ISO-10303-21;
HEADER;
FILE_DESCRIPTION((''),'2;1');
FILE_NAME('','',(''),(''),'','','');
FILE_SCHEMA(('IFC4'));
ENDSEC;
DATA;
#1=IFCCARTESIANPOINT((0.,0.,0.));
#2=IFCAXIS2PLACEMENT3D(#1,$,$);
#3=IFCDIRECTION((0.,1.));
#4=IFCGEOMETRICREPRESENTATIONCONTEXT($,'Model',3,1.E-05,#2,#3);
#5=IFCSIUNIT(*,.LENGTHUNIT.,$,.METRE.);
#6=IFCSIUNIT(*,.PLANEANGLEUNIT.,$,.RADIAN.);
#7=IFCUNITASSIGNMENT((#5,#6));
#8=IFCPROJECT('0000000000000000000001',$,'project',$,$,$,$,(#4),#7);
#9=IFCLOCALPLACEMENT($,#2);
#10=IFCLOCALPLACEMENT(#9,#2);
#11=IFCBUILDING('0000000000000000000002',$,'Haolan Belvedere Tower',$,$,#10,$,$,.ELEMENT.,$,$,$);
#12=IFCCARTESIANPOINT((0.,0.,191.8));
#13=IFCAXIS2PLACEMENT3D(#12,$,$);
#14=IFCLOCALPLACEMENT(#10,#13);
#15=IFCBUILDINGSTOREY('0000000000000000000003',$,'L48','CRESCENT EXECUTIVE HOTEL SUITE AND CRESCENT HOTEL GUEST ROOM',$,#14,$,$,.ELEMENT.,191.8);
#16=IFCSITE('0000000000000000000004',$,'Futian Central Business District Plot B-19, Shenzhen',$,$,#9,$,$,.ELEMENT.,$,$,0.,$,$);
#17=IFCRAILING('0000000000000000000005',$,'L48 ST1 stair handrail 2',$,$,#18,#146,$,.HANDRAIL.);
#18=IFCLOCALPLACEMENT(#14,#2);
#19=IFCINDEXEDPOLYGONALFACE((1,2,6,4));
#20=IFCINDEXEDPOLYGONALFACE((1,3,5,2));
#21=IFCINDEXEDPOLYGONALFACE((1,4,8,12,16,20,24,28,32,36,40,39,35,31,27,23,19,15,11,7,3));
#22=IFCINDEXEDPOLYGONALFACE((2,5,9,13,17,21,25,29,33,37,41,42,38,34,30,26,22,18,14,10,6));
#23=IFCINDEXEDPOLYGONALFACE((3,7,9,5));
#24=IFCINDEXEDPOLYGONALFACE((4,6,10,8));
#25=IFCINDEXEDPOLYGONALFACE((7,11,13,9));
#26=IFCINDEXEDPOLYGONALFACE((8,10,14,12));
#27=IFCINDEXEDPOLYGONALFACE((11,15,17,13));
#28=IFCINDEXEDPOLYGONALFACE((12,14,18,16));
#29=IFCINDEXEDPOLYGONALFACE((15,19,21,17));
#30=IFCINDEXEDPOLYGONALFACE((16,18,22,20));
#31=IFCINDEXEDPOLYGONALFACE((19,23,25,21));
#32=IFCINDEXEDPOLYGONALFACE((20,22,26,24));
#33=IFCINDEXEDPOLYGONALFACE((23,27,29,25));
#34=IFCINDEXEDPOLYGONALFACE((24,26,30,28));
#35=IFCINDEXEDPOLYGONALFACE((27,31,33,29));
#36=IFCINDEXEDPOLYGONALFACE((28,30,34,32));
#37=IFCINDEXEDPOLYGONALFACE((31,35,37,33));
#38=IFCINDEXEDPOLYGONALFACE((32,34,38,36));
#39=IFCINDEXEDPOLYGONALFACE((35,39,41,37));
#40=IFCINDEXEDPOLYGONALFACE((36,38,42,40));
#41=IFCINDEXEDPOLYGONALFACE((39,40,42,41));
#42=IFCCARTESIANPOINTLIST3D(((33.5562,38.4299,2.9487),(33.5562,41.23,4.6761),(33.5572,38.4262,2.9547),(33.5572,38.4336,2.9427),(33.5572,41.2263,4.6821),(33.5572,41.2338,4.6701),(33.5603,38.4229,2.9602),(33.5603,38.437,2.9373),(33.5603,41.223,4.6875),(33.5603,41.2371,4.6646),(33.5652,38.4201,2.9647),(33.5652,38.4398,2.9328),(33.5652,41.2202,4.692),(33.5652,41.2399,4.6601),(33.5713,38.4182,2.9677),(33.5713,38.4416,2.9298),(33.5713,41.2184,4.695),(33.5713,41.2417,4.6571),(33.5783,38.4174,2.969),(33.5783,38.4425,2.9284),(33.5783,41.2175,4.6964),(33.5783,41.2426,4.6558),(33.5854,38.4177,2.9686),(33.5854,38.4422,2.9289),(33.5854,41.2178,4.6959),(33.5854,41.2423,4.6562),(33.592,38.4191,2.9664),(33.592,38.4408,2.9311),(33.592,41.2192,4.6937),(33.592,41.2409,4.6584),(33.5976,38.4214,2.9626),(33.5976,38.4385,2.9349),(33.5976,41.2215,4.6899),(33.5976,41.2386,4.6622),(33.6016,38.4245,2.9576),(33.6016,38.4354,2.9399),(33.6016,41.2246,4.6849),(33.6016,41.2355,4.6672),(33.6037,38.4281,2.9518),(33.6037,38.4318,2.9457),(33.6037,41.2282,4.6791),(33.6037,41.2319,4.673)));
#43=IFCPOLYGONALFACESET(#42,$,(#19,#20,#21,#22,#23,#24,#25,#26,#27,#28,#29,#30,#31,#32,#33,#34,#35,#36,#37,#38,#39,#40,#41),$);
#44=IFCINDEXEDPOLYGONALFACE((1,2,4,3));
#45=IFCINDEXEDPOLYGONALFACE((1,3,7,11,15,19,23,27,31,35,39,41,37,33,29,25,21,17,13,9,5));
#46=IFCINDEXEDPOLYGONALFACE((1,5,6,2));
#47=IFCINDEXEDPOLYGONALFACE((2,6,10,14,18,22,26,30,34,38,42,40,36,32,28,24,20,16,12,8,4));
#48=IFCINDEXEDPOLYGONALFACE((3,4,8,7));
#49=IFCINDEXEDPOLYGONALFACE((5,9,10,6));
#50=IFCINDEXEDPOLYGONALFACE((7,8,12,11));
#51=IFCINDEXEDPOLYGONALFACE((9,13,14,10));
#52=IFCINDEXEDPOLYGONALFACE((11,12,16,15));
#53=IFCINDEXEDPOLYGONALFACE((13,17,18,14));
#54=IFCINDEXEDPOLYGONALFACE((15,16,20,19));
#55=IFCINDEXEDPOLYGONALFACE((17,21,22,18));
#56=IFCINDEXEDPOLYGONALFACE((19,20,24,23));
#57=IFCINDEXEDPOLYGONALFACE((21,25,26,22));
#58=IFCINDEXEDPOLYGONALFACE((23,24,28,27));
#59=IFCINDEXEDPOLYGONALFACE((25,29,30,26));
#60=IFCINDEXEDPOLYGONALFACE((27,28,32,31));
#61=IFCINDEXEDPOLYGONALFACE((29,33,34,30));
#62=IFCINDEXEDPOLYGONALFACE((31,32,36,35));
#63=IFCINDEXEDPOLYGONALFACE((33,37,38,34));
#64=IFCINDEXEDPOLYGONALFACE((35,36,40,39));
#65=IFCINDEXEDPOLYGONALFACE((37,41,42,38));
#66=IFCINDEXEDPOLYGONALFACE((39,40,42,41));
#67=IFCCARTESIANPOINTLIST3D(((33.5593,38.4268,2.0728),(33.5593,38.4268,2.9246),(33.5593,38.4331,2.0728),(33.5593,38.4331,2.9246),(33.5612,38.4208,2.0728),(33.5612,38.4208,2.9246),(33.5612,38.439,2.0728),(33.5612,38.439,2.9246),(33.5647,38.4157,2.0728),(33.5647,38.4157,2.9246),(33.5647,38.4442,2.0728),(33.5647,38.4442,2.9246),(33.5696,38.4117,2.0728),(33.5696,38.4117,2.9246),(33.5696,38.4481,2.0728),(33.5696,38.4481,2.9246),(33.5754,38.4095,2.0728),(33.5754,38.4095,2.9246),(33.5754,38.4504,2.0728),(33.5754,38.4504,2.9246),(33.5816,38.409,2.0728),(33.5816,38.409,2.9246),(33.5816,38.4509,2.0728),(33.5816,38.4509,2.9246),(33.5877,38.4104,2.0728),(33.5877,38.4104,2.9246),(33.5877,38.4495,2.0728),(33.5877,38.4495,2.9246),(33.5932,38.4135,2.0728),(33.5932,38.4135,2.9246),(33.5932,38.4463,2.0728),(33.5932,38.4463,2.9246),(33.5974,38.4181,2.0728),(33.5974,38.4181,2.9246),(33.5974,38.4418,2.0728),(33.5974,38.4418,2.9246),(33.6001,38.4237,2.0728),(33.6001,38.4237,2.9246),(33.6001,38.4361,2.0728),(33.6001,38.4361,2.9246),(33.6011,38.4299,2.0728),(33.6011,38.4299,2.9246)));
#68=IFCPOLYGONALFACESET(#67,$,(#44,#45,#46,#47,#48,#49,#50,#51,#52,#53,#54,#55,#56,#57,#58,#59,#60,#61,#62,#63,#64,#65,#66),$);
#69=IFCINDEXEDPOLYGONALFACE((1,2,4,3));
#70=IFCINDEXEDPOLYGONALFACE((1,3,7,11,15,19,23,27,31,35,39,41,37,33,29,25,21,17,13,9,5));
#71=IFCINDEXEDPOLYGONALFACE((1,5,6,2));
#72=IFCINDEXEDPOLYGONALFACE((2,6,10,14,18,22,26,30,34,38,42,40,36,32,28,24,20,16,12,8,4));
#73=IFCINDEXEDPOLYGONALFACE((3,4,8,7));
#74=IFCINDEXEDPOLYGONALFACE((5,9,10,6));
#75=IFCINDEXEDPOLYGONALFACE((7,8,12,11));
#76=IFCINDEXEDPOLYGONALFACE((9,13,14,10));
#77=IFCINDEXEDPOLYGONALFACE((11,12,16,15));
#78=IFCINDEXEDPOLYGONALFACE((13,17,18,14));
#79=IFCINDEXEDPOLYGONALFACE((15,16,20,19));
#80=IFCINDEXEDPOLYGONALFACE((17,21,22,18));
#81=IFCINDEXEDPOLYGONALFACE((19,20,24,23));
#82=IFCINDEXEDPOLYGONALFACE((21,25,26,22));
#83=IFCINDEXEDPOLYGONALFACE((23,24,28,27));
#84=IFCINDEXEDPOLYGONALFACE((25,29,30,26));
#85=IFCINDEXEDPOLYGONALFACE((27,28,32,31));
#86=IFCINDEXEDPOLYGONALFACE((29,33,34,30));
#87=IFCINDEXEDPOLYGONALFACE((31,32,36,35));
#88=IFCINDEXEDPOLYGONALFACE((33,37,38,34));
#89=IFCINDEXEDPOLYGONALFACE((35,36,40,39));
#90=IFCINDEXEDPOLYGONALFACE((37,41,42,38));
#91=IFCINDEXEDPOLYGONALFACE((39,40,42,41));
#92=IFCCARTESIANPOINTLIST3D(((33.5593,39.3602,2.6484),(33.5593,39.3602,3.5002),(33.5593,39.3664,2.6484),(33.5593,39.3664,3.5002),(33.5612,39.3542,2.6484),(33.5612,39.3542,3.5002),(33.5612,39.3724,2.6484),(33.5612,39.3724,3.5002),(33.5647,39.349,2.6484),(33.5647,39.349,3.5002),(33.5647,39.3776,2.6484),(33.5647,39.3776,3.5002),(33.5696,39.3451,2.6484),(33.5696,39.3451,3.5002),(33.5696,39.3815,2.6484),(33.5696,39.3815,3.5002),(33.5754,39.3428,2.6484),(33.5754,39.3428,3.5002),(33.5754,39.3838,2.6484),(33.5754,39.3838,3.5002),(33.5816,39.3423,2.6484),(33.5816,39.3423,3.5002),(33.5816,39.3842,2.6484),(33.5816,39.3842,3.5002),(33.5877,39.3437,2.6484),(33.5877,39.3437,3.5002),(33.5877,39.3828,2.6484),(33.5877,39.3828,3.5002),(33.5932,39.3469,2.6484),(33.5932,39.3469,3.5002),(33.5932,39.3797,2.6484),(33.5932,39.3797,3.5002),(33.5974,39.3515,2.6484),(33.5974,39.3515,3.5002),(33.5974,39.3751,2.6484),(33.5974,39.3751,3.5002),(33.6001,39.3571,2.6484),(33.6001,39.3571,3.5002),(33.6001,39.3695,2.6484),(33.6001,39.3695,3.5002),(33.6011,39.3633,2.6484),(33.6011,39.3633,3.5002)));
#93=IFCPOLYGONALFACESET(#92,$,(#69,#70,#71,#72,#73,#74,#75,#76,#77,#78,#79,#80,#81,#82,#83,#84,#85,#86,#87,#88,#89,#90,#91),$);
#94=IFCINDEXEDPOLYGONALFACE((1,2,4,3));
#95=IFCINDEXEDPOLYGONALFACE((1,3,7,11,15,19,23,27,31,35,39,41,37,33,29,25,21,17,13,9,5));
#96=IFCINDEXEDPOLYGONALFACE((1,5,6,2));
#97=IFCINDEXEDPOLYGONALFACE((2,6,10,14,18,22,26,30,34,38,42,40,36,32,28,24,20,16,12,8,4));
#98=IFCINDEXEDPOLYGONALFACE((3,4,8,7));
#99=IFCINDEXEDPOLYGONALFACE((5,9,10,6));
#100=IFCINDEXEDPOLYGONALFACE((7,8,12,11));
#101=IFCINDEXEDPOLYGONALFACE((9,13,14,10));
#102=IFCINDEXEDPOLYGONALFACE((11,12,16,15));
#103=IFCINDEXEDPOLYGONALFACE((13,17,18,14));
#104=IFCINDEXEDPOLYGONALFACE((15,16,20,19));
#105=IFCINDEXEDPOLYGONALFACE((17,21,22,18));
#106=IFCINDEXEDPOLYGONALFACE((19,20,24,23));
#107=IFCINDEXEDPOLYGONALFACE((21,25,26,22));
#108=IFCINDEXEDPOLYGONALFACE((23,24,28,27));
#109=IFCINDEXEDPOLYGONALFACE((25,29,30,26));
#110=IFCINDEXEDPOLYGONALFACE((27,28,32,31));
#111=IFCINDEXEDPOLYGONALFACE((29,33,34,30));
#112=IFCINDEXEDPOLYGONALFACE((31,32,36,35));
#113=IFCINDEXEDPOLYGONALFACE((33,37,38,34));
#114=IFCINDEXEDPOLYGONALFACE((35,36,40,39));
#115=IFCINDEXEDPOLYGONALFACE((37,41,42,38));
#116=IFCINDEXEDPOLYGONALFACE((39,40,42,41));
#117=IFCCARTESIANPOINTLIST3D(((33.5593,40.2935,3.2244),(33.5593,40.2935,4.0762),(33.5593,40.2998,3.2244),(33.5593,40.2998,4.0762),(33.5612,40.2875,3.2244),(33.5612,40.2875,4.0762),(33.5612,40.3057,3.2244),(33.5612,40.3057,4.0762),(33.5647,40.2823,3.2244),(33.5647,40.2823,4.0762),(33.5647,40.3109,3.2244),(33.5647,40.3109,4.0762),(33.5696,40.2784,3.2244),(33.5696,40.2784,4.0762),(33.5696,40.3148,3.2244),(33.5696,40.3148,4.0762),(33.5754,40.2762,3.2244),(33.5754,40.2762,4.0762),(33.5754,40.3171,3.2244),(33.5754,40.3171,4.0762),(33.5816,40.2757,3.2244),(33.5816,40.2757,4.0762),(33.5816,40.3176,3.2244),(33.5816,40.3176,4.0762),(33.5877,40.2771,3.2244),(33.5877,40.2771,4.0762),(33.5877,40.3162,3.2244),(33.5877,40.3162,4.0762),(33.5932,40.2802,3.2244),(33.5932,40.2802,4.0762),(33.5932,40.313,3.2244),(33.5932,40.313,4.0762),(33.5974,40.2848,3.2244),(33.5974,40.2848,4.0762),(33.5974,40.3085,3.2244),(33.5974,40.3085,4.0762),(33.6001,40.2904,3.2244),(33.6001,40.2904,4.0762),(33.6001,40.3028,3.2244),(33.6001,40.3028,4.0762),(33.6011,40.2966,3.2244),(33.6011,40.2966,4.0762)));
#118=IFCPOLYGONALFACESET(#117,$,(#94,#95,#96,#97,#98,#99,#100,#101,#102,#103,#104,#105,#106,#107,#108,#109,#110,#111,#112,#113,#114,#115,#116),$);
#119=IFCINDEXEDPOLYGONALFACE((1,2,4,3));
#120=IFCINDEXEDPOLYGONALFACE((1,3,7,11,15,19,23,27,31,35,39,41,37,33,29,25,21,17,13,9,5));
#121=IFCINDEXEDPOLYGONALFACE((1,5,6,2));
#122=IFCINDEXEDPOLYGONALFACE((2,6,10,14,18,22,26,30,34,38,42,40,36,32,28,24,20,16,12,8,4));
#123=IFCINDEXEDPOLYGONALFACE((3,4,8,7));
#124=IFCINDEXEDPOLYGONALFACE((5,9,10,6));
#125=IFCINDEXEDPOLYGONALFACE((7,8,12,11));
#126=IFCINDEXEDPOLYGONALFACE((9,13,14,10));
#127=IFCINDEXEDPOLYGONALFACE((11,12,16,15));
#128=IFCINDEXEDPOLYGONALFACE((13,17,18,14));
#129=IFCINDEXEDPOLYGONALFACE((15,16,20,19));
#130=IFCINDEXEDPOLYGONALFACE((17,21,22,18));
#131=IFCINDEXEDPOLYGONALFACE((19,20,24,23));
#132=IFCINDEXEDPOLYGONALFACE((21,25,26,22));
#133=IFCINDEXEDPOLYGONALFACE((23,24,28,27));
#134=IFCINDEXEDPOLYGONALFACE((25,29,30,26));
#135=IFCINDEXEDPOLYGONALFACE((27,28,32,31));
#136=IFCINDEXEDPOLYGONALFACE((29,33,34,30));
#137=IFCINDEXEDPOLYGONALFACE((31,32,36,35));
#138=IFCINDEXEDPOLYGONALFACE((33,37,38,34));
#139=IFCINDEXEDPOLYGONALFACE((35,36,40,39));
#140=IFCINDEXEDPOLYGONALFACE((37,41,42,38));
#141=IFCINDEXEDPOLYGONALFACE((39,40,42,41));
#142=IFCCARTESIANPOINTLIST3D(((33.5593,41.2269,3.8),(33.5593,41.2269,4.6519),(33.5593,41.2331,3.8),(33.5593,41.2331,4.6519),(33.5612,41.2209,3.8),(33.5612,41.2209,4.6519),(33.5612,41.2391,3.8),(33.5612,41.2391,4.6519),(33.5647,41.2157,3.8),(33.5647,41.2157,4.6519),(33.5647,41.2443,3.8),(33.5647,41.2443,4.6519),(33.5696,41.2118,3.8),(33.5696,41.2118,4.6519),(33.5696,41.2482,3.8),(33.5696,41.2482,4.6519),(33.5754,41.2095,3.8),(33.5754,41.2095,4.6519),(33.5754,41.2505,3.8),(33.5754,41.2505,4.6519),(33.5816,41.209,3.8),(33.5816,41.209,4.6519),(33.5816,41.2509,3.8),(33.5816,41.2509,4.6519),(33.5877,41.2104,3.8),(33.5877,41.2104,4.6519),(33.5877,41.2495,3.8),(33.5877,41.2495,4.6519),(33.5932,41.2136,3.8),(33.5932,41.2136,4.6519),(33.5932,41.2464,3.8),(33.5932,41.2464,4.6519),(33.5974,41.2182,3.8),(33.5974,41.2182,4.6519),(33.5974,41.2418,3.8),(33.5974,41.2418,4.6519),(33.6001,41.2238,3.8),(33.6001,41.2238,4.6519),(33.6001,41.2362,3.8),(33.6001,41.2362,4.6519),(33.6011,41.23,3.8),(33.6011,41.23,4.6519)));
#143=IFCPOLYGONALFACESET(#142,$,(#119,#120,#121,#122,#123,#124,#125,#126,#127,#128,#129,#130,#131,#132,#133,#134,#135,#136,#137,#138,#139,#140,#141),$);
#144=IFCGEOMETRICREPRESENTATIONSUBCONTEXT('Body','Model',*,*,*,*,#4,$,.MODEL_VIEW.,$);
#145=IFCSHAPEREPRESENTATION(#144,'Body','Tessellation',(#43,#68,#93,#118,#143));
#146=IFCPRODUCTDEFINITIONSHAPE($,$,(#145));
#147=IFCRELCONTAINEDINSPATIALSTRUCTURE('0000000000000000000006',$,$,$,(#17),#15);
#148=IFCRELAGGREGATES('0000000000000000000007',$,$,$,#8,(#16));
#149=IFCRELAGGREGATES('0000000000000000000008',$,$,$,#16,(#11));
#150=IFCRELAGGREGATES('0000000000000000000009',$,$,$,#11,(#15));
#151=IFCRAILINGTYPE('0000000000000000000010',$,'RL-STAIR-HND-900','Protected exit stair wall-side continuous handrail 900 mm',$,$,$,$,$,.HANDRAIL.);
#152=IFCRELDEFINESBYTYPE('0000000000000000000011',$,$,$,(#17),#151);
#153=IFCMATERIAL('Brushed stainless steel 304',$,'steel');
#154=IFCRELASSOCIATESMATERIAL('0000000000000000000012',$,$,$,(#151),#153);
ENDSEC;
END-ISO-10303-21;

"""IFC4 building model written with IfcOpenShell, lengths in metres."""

from ifc_helpers import new_model, si_unit, direction, frame, origin, origin_2d, place, context, subcontext, project, spatial, circle, extrude, material, type_object, element, save


model = new_model("IFC4")

# Units and contexts
model_context = context("Model", 3, precision=1e-05, world=origin(), true_north=direction((0.0, 1.0)))
body_context = subcontext(model_context, "Body", "Model", "MODEL_VIEW")
ifc_project = project(units=[si_unit("LENGTHUNIT", "METRE"), si_unit("PLANEANGLEUNIT", "RADIAN")], contexts=[model_context])

# Site, building, storey
site_placement = place(None, origin())
site = spatial("IfcSite", under=ifc_project, at=site_placement, Name="Futian Central Business District Plot B-19, Shenzhen", CompositionType="ELEMENT", RefElevation=0.0)
building_placement = place(site_placement, origin())
building = spatial("IfcBuilding", under=site, at=building_placement, Name="Haolan Belvedere Tower", CompositionType="ELEMENT")
storey_placement = place(building_placement, frame((0.0, 0.0, 191.8)))
storey = spatial("IfcBuildingStorey", under=building, at=storey_placement, Name="L48", Description="CRESCENT EXECUTIVE HOTEL SUITE AND CRESCENT HOTEL GUEST ROOM", CompositionType="ELEMENT", Elevation=191.8)

# Railing
ifc_material_1 = material(Name="Brushed stainless steel 304", Category="steel")
railing_type_1 = type_object("IfcRailingType", Name="RL-STAIR-HND-900", Description="Protected exit stair wall-side continuous handrail 900 mm", PredefinedType="HANDRAIL", material=ifc_material_1)
railing_1_placement = place(storey_placement, frame((33.5801, 38.4299, 2.0728)))
element("IfcRailing", 1, at=railing_1_placement, inside=storey, type_object=railing_type_1, Name="L48 ST1 stair handrail 2", PredefinedType="HANDRAIL", context=body_context, shape_type="SweptSolid", body=[
    extrude(circle(Radius=0.0239, at=origin_2d()), frame((0.0, 0.0, 0.876), z_axis=(0.0, 0.85109, 0.52502), x_axis=(-1.0, 0.0, 0.0)), (0.0, 0.0, 1.0), 3.29),
    extrude(circle(Radius=0.021, at=origin_2d()), origin(), (0.0, 0.0, 1.0), 0.8518),
    extrude(circle(Radius=0.021, at=origin_2d()), frame((0.0, 0.9333, 0.5757)), (0.0, 0.0, 1.0), 0.8518),
    extrude(circle(Radius=0.021, at=origin_2d()), frame((0.0, 1.8667, 1.1516)), (0.0, 0.0, 1.0), 0.8518),
    extrude(circle(Radius=0.021, at=origin_2d()), frame((0.0, 2.8, 1.7273)), (0.0, 0.0, 1.0), 0.8518),
])

save(model, "model.ifc")
